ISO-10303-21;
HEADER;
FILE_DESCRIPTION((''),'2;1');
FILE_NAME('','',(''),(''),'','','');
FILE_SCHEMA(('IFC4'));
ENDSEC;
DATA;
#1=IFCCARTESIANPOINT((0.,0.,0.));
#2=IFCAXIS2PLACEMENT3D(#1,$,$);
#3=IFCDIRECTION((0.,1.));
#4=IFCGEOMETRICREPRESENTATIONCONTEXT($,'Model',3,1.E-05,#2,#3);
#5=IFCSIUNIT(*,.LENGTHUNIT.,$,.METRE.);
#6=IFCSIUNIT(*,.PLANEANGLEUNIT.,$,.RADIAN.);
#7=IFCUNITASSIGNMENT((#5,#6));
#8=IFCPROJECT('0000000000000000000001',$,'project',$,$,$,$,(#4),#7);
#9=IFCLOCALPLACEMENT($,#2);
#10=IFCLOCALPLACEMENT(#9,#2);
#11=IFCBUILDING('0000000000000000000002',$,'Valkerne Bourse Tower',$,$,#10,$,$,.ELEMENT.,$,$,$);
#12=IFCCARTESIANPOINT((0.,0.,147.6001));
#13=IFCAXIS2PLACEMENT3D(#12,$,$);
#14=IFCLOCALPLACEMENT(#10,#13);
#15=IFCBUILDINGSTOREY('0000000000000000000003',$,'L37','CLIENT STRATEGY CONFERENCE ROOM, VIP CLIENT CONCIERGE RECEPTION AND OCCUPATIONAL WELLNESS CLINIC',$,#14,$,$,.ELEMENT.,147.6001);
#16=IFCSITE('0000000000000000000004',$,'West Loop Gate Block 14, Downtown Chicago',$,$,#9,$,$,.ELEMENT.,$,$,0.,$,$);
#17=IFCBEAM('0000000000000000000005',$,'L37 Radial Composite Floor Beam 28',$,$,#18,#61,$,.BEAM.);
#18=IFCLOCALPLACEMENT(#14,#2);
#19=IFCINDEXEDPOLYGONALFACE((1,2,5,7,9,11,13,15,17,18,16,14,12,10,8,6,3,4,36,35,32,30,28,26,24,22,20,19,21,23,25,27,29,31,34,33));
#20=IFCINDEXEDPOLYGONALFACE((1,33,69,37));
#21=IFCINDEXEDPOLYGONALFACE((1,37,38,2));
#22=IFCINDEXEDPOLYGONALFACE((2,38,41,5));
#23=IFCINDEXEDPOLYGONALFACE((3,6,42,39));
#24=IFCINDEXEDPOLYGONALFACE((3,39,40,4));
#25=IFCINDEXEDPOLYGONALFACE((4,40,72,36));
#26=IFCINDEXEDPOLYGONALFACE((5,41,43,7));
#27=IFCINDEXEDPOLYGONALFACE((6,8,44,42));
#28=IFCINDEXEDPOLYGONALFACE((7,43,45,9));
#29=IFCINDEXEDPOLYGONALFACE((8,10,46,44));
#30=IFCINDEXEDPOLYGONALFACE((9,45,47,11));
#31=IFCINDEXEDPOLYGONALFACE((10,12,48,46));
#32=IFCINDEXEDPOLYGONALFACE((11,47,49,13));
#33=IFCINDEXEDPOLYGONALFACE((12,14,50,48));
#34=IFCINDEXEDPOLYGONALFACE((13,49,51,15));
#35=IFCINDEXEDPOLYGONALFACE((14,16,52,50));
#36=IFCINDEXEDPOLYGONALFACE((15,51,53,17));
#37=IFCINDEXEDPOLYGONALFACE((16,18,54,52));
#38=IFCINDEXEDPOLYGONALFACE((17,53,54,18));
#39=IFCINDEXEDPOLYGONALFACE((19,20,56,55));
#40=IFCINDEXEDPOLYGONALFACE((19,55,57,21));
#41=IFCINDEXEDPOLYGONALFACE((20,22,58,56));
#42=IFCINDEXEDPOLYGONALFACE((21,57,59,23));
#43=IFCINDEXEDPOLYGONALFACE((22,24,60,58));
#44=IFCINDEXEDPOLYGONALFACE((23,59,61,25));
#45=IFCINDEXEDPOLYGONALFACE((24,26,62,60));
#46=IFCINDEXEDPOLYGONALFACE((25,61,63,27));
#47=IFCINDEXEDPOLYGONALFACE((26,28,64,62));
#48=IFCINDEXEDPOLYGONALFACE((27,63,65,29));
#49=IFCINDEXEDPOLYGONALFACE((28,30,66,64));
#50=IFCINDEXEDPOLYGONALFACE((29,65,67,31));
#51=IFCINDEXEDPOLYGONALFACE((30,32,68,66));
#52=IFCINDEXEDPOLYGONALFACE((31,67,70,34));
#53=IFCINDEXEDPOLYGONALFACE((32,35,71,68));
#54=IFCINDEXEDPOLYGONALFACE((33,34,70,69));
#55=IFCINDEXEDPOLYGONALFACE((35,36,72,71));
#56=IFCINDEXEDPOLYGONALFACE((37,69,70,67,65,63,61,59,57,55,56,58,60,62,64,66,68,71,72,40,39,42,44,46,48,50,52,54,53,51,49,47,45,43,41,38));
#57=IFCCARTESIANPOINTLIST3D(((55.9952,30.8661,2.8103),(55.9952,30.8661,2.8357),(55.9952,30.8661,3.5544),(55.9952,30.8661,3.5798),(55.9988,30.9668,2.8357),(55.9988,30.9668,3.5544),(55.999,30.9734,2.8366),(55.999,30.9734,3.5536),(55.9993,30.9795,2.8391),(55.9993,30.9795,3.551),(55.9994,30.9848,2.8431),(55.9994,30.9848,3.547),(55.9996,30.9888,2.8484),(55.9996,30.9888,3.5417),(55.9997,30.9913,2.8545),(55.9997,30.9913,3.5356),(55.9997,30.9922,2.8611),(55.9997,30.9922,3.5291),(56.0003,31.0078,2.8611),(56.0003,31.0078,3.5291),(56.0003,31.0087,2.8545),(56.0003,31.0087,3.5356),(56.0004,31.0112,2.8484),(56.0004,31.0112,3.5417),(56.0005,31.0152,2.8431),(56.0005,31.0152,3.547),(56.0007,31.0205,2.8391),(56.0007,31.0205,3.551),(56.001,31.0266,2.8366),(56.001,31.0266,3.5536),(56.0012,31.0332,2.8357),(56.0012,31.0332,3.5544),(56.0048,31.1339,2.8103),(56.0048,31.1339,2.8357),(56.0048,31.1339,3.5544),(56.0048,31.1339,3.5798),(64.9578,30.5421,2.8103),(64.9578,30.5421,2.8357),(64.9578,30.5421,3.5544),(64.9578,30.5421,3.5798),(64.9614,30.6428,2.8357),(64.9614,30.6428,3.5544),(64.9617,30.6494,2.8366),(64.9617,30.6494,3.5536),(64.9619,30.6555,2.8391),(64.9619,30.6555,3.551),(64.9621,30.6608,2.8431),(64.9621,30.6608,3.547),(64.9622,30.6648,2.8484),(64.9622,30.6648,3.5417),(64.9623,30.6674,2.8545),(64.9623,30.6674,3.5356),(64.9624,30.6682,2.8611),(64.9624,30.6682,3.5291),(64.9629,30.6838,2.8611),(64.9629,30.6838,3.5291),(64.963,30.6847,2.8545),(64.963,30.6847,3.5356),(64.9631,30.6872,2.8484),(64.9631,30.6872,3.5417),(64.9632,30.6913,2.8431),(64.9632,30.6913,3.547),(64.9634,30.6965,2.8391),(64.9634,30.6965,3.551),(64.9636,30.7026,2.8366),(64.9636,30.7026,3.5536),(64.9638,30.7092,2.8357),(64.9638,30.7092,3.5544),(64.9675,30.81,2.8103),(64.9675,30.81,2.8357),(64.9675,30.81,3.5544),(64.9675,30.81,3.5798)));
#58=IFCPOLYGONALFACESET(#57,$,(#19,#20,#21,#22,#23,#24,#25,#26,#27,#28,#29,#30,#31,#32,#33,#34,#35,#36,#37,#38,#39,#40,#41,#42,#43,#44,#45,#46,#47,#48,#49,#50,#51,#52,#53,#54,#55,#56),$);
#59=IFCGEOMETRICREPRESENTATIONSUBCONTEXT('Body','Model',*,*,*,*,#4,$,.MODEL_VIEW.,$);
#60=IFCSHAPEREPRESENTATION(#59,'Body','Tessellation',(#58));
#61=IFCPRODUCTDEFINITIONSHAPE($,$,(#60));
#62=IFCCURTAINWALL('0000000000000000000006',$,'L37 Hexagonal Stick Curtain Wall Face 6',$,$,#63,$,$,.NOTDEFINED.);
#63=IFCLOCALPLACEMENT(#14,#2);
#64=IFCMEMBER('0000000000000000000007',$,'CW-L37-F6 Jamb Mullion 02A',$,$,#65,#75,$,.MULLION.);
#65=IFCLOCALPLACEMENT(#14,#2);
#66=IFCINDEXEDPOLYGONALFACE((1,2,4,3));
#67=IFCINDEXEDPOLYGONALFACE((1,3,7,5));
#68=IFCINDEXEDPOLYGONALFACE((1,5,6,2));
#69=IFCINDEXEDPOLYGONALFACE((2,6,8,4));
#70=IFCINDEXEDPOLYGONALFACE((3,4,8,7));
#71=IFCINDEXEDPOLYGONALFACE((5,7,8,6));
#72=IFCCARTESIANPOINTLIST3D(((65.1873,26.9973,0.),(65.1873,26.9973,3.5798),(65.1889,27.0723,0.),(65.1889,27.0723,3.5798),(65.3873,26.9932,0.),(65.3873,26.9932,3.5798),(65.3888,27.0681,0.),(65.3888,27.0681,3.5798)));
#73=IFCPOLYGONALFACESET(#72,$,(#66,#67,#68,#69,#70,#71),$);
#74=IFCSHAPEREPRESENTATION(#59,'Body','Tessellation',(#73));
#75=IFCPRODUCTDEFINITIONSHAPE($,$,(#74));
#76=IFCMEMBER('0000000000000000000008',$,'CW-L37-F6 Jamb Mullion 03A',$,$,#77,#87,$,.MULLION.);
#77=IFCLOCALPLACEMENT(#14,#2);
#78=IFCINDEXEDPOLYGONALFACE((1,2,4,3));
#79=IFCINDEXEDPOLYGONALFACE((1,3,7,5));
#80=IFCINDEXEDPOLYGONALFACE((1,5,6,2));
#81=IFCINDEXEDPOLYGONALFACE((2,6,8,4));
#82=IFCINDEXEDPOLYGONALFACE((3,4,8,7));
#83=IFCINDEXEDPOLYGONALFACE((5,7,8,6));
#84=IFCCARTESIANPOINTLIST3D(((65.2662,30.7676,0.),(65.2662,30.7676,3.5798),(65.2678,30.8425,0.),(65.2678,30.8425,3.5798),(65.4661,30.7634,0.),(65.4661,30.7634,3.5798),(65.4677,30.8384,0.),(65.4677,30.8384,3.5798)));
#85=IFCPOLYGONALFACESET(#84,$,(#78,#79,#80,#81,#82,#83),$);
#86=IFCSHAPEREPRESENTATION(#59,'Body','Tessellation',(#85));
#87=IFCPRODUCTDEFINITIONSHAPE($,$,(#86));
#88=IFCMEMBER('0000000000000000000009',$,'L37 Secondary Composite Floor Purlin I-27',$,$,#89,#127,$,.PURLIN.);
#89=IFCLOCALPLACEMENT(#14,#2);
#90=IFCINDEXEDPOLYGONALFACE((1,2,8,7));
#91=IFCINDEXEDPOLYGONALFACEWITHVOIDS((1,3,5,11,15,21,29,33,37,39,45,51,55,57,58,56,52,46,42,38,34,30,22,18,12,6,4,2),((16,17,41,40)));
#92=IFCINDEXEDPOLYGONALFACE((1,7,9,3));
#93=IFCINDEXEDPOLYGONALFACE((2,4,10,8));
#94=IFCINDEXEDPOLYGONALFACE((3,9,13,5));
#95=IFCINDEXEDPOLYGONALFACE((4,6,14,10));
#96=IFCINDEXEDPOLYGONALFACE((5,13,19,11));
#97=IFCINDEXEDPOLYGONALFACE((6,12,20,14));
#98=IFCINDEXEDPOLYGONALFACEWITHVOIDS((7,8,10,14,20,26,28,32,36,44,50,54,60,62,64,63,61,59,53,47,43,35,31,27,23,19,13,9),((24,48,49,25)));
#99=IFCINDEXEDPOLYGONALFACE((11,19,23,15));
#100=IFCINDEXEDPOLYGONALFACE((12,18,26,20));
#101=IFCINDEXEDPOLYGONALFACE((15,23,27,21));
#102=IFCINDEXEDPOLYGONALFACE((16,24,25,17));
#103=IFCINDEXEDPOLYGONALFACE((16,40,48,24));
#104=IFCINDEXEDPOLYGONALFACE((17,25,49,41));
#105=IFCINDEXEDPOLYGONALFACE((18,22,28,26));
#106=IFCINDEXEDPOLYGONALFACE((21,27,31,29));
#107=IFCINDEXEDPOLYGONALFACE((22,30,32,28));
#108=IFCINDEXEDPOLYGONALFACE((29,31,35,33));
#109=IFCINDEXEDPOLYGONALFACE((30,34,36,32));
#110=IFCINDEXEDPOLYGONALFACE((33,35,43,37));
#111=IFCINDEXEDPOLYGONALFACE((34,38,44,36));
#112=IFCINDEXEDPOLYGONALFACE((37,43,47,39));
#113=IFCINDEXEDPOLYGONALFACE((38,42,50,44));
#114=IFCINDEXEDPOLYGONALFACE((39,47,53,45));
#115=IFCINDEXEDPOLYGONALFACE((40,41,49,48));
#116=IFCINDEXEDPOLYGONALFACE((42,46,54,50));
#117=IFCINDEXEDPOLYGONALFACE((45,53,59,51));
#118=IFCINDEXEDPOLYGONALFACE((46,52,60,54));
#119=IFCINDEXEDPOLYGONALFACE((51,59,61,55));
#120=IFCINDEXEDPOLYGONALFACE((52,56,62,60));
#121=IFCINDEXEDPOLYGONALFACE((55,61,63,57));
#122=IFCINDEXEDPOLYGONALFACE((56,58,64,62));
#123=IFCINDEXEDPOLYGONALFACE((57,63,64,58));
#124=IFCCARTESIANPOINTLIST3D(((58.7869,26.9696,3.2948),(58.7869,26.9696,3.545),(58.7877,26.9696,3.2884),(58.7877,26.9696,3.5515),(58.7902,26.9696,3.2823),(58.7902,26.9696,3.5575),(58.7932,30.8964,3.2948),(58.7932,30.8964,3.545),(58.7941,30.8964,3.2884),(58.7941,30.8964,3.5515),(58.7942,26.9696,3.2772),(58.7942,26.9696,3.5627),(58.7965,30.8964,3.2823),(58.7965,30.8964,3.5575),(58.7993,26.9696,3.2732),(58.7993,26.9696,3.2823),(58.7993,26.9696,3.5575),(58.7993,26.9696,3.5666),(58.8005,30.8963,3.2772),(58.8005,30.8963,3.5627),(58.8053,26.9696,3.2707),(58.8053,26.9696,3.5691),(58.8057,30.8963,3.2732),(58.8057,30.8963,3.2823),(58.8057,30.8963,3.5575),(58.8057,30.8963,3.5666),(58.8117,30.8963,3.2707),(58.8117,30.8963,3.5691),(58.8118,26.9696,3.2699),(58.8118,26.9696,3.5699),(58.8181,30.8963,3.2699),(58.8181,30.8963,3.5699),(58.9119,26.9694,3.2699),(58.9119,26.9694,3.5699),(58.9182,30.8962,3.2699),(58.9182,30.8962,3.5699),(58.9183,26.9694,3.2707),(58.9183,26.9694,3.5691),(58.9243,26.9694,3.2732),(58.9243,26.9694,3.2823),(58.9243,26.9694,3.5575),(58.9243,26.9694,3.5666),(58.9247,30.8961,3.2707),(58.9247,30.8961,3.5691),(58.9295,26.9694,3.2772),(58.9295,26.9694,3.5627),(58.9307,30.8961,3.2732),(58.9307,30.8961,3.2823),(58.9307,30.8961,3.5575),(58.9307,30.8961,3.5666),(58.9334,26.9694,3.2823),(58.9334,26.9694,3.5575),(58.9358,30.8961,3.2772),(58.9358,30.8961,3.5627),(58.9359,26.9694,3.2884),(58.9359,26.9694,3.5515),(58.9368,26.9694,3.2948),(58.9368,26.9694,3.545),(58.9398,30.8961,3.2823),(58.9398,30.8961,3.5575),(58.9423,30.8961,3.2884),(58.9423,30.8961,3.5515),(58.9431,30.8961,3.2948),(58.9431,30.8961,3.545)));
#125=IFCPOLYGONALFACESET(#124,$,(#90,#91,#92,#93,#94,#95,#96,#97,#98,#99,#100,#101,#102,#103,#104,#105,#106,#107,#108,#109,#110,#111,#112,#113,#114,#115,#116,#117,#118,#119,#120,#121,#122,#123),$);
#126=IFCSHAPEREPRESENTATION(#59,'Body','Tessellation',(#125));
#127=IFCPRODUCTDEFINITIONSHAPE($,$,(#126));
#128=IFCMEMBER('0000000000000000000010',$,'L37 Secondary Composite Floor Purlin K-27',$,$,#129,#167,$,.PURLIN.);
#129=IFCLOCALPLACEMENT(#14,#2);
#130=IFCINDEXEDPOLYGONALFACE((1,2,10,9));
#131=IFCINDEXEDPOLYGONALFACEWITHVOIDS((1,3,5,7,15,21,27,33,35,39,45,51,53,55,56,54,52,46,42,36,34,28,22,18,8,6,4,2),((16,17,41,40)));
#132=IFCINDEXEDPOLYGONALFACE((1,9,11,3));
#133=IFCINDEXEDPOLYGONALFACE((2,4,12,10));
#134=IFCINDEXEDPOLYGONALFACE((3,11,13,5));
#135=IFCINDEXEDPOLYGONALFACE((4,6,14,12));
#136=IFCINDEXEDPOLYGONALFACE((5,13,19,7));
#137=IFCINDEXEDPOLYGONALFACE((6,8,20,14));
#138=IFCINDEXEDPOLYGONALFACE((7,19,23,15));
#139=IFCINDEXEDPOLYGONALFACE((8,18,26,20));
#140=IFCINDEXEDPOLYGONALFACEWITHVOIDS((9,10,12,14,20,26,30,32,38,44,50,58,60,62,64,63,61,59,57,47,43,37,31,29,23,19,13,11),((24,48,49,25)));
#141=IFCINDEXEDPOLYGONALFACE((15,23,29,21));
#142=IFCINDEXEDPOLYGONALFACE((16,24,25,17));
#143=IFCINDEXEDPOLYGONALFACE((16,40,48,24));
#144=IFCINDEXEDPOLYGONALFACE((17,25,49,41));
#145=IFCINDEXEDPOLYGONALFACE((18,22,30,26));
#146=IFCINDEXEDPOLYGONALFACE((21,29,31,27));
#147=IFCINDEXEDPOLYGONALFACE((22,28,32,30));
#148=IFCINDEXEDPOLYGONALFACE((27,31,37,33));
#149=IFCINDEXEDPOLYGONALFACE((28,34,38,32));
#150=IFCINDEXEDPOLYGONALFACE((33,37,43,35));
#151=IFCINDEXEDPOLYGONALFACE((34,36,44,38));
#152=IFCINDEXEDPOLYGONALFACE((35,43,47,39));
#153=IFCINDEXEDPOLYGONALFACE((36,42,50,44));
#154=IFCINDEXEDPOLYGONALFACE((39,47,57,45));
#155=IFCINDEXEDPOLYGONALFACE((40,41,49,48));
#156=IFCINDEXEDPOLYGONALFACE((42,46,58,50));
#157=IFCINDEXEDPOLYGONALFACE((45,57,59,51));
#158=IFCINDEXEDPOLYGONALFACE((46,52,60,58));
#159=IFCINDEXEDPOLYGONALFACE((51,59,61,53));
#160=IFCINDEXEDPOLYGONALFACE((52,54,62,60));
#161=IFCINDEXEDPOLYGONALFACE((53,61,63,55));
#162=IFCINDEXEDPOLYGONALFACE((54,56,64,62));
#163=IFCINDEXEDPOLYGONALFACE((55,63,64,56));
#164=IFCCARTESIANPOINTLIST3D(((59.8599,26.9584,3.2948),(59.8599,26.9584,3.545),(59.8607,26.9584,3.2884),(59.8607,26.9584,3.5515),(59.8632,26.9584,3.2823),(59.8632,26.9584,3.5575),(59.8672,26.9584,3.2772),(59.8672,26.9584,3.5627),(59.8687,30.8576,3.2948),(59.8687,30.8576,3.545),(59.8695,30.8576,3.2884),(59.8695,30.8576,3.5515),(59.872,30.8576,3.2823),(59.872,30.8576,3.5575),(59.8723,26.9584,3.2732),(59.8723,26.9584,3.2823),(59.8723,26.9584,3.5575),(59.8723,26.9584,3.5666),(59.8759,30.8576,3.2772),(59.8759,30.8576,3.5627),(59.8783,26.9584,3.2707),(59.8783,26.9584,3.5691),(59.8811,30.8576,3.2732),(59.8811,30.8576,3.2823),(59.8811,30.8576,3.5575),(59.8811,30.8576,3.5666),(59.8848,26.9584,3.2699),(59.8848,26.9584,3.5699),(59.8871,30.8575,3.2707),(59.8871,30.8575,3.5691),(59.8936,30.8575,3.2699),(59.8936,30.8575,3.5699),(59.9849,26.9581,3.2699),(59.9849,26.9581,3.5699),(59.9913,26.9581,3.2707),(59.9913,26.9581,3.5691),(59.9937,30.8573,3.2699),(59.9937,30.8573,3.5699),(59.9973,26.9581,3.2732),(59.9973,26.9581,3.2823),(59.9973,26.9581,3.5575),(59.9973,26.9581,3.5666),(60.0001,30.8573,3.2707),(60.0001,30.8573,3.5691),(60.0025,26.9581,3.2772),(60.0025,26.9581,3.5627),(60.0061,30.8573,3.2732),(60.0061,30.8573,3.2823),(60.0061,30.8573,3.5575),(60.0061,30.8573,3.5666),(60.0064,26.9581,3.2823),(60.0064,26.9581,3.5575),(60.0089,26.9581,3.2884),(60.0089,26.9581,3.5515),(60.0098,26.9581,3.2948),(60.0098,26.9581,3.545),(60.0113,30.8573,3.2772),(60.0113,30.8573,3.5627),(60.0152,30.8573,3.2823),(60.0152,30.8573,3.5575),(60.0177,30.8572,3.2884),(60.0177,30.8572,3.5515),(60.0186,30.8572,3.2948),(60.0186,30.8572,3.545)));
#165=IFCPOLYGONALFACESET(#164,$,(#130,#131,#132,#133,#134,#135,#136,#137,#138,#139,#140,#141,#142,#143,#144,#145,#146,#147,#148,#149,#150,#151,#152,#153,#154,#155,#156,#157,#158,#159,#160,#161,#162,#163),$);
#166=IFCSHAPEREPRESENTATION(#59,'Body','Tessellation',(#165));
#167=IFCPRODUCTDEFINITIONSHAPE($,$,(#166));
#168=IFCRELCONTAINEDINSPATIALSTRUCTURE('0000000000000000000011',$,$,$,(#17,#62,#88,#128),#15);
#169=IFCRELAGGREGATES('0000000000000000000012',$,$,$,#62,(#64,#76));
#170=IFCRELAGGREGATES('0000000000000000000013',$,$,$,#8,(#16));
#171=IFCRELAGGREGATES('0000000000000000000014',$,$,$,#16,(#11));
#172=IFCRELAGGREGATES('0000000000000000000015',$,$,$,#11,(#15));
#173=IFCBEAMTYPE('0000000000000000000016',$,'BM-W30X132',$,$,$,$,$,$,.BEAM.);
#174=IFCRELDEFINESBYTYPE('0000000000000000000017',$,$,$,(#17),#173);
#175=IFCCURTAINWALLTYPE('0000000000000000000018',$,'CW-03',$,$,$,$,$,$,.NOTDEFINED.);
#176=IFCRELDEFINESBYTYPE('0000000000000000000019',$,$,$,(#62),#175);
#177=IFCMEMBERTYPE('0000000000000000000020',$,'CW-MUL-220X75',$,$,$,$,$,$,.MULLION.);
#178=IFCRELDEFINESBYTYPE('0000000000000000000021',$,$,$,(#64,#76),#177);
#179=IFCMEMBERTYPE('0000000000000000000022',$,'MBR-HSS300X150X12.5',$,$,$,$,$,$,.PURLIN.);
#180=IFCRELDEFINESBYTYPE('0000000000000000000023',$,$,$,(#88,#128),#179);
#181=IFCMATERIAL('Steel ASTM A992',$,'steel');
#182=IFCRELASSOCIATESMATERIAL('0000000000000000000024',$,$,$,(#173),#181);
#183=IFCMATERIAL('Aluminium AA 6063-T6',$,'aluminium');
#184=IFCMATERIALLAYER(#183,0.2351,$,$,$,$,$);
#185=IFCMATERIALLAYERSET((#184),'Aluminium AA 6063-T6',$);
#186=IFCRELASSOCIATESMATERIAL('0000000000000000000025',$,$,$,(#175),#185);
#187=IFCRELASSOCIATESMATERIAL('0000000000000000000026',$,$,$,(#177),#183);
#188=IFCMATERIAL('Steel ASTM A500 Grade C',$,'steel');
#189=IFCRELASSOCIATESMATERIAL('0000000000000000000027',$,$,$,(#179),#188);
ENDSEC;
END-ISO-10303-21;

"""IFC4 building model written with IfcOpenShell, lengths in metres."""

from ifc_helpers import new_model, si_unit, direction, frame, origin, origin_2d, place, context, subcontext, project, spatial, rectangle, hollow_rectangle, i_section, extrude, material, layer, layer_set, material_profile, profile_set, type_object, element, aggregate, save


model = new_model("IFC4")

# Units and contexts
model_context = context("Model", 3, precision=1e-05, world=origin(), true_north=direction((0.0, 1.0)))
body_context = subcontext(model_context, "Body", "Model", "MODEL_VIEW")
ifc_project = project(units=[si_unit("LENGTHUNIT", "METRE"), si_unit("PLANEANGLEUNIT", "RADIAN")], contexts=[model_context])

# Site, building, storey
site_placement = place(None, origin())
site = spatial("IfcSite", under=ifc_project, at=site_placement, Name="West Loop Gate Block 14, Downtown Chicago", CompositionType="ELEMENT", RefElevation=0.0)
building_placement = place(site_placement, origin())
building = spatial("IfcBuilding", under=site, at=building_placement, Name="Valkerne Bourse Tower", CompositionType="ELEMENT")
storey_placement = place(building_placement, frame((0.0, 0.0, 147.6001)))
storey = spatial("IfcBuildingStorey", under=building, at=storey_placement, Name="L37", Description="CLIENT STRATEGY CONFERENCE ROOM, VIP CLIENT CONCIERGE RECEPTION AND OCCUPATIONAL WELLNESS CLINIC", CompositionType="ELEMENT", Elevation=147.6001)

# Beam
ifc_material_1 = material(Name="Steel ASTM A992", Category="steel")
ifc_material_profile_1 = material_profile(ifc_material_1, i_section(OverallWidth=0.2681, OverallDepth=0.7695, WebThickness=0.0156, FlangeThickness=0.0254, FilletRadius=0.0254, at=origin_2d()), Name="W30X132")
ifc_profile_set_1 = profile_set([ifc_material_profile_1], Name="Steel ASTM A992")
beam_type_1 = type_object("IfcBeamType", Name="BM-W30X132", PredefinedType="BEAM", material=ifc_profile_set_1)
beam_1_placement = place(storey_placement, frame((64.9626, 30.676, 3.1951), z_axis=(-0.999347, 0.036124, 0.0), x_axis=(-0.036124, -0.999347, 0.0)))
element("IfcBeam", 1, at=beam_1_placement, inside=storey, type_object=beam_type_1, Name="L37 Radial Composite Floor Beam 28", PredefinedType="BEAM", context=body_context, shape_type="SweptSolid", body=[
    extrude(i_section(OverallWidth=0.2681, OverallDepth=0.7695, WebThickness=0.0156, FlangeThickness=0.0254, FilletRadius=0.0254, at=origin_2d()), origin(), (0.0, 0.0, 1.0), 8.9685),
])

# Curtain wall, members
ifc_material_2 = material(Name="Aluminium AA 6063-T6", Category="aluminium")
ifc_layer_1 = layer(ifc_material_2, 0.2351)
ifc_layer_set_1 = layer_set([ifc_layer_1], Name="Aluminium AA 6063-T6")
curtain_wall_type = type_object("IfcCurtainWallType", Name="CW-03", PredefinedType="NOTDEFINED", material=ifc_layer_set_1)
curtain_wall_placement = place(storey_placement, origin())
curtain_wall = element("IfcCurtainWall", 2, at=curtain_wall_placement, inside=storey, type_object=curtain_wall_type, Name="L37 Hexagonal Stick Curtain Wall Face 6", PredefinedType="NOTDEFINED")
ifc_material_profile_2 = material_profile(ifc_material_2, rectangle(XDim=0.075, YDim=0.2, at=origin_2d()), Name="CWM-75X200")
ifc_profile_set_2 = profile_set([ifc_material_profile_2], Name="Aluminium AA 6063-T6")
member_type_1 = type_object("IfcMemberType", Name="CW-MUL-220X75", PredefinedType="MULLION", material=ifc_profile_set_2)
member_1_placement = place(storey_placement, frame((65.2881, 27.0327, 0.0), z_axis=(0.0, 0.0, 1.0), x_axis=(0.020923, 0.999781, 0.0)))
member_1 = element("IfcMember", 3, at=member_1_placement, type_object=member_type_1, Name="CW-L37-F6 Jamb Mullion 02A", PredefinedType="MULLION", context=body_context, shape_type="SweptSolid", body=[
    extrude(rectangle(XDim=0.075, YDim=0.2, at=origin_2d()), origin(), (0.0, 0.0, 1.0), 3.5798),
])
member_2_placement = place(storey_placement, frame((65.3669, 30.803, 0.0), z_axis=(0.0, 0.0, 1.0), x_axis=(0.020949, 0.999781, 0.0)))
member_2 = element("IfcMember", 4, at=member_2_placement, type_object=member_type_1, Name="CW-L37-F6 Jamb Mullion 03A", PredefinedType="MULLION", context=body_context, shape_type="SweptSolid", body=[
    extrude(rectangle(XDim=0.075, YDim=0.2, at=origin_2d()), origin(), (0.0, 0.0, 1.0), 3.5798),
])

# Members
ifc_material_3 = material(Name="Steel ASTM A500 Grade C", Category="steel")
ifc_material_profile_3 = material_profile(ifc_material_3, hollow_rectangle(XDim=0.1499, YDim=0.3, WallThickness=0.0125, OuterFilletRadius=0.0249, at=origin_2d()), Name="HSS300X150X12.5")
ifc_profile_set_3 = profile_set([ifc_material_profile_3], Name="Steel ASTM A500 Grade C")
member_type_2 = type_object("IfcMemberType", Name="MBR-HSS300X150X12.5", PredefinedType="PURLIN", material=ifc_profile_set_3)
member_3_placement = place(storey_placement, frame((58.8618, 26.9695, 3.4199), z_axis=(0.001617, 0.999999, 0.0), x_axis=(-0.999999, 0.001617, 0.0)))
element("IfcMember", 5, at=member_3_placement, inside=storey, type_object=member_type_2, Name="L37 Secondary Composite Floor Purlin I-27", PredefinedType="PURLIN", context=body_context, shape_type="SweptSolid", body=[
    extrude(hollow_rectangle(XDim=0.1499, YDim=0.3, WallThickness=0.0125, OuterFilletRadius=0.0249, at=origin_2d()), origin(), (0.0, 0.0, 1.0), 3.9268),
])
member_4_placement = place(storey_placement, frame((59.9348, 26.9583, 3.4199), z_axis=(0.002254, 0.999997, 0.0), x_axis=(-0.999997, 0.002254, 0.0)))
element("IfcMember", 6, at=member_4_placement, inside=storey, type_object=member_type_2, Name="L37 Secondary Composite Floor Purlin K-27", PredefinedType="PURLIN", context=body_context, shape_type="SweptSolid", body=[
    extrude(hollow_rectangle(XDim=0.1499, YDim=0.3, WallThickness=0.0125, OuterFilletRadius=0.0249, at=origin_2d()), origin(), (0.0, 0.0, 1.0), 3.8992),
])

aggregate(curtain_wall, [member_1, member_2])

save(model, "model.ifc")
